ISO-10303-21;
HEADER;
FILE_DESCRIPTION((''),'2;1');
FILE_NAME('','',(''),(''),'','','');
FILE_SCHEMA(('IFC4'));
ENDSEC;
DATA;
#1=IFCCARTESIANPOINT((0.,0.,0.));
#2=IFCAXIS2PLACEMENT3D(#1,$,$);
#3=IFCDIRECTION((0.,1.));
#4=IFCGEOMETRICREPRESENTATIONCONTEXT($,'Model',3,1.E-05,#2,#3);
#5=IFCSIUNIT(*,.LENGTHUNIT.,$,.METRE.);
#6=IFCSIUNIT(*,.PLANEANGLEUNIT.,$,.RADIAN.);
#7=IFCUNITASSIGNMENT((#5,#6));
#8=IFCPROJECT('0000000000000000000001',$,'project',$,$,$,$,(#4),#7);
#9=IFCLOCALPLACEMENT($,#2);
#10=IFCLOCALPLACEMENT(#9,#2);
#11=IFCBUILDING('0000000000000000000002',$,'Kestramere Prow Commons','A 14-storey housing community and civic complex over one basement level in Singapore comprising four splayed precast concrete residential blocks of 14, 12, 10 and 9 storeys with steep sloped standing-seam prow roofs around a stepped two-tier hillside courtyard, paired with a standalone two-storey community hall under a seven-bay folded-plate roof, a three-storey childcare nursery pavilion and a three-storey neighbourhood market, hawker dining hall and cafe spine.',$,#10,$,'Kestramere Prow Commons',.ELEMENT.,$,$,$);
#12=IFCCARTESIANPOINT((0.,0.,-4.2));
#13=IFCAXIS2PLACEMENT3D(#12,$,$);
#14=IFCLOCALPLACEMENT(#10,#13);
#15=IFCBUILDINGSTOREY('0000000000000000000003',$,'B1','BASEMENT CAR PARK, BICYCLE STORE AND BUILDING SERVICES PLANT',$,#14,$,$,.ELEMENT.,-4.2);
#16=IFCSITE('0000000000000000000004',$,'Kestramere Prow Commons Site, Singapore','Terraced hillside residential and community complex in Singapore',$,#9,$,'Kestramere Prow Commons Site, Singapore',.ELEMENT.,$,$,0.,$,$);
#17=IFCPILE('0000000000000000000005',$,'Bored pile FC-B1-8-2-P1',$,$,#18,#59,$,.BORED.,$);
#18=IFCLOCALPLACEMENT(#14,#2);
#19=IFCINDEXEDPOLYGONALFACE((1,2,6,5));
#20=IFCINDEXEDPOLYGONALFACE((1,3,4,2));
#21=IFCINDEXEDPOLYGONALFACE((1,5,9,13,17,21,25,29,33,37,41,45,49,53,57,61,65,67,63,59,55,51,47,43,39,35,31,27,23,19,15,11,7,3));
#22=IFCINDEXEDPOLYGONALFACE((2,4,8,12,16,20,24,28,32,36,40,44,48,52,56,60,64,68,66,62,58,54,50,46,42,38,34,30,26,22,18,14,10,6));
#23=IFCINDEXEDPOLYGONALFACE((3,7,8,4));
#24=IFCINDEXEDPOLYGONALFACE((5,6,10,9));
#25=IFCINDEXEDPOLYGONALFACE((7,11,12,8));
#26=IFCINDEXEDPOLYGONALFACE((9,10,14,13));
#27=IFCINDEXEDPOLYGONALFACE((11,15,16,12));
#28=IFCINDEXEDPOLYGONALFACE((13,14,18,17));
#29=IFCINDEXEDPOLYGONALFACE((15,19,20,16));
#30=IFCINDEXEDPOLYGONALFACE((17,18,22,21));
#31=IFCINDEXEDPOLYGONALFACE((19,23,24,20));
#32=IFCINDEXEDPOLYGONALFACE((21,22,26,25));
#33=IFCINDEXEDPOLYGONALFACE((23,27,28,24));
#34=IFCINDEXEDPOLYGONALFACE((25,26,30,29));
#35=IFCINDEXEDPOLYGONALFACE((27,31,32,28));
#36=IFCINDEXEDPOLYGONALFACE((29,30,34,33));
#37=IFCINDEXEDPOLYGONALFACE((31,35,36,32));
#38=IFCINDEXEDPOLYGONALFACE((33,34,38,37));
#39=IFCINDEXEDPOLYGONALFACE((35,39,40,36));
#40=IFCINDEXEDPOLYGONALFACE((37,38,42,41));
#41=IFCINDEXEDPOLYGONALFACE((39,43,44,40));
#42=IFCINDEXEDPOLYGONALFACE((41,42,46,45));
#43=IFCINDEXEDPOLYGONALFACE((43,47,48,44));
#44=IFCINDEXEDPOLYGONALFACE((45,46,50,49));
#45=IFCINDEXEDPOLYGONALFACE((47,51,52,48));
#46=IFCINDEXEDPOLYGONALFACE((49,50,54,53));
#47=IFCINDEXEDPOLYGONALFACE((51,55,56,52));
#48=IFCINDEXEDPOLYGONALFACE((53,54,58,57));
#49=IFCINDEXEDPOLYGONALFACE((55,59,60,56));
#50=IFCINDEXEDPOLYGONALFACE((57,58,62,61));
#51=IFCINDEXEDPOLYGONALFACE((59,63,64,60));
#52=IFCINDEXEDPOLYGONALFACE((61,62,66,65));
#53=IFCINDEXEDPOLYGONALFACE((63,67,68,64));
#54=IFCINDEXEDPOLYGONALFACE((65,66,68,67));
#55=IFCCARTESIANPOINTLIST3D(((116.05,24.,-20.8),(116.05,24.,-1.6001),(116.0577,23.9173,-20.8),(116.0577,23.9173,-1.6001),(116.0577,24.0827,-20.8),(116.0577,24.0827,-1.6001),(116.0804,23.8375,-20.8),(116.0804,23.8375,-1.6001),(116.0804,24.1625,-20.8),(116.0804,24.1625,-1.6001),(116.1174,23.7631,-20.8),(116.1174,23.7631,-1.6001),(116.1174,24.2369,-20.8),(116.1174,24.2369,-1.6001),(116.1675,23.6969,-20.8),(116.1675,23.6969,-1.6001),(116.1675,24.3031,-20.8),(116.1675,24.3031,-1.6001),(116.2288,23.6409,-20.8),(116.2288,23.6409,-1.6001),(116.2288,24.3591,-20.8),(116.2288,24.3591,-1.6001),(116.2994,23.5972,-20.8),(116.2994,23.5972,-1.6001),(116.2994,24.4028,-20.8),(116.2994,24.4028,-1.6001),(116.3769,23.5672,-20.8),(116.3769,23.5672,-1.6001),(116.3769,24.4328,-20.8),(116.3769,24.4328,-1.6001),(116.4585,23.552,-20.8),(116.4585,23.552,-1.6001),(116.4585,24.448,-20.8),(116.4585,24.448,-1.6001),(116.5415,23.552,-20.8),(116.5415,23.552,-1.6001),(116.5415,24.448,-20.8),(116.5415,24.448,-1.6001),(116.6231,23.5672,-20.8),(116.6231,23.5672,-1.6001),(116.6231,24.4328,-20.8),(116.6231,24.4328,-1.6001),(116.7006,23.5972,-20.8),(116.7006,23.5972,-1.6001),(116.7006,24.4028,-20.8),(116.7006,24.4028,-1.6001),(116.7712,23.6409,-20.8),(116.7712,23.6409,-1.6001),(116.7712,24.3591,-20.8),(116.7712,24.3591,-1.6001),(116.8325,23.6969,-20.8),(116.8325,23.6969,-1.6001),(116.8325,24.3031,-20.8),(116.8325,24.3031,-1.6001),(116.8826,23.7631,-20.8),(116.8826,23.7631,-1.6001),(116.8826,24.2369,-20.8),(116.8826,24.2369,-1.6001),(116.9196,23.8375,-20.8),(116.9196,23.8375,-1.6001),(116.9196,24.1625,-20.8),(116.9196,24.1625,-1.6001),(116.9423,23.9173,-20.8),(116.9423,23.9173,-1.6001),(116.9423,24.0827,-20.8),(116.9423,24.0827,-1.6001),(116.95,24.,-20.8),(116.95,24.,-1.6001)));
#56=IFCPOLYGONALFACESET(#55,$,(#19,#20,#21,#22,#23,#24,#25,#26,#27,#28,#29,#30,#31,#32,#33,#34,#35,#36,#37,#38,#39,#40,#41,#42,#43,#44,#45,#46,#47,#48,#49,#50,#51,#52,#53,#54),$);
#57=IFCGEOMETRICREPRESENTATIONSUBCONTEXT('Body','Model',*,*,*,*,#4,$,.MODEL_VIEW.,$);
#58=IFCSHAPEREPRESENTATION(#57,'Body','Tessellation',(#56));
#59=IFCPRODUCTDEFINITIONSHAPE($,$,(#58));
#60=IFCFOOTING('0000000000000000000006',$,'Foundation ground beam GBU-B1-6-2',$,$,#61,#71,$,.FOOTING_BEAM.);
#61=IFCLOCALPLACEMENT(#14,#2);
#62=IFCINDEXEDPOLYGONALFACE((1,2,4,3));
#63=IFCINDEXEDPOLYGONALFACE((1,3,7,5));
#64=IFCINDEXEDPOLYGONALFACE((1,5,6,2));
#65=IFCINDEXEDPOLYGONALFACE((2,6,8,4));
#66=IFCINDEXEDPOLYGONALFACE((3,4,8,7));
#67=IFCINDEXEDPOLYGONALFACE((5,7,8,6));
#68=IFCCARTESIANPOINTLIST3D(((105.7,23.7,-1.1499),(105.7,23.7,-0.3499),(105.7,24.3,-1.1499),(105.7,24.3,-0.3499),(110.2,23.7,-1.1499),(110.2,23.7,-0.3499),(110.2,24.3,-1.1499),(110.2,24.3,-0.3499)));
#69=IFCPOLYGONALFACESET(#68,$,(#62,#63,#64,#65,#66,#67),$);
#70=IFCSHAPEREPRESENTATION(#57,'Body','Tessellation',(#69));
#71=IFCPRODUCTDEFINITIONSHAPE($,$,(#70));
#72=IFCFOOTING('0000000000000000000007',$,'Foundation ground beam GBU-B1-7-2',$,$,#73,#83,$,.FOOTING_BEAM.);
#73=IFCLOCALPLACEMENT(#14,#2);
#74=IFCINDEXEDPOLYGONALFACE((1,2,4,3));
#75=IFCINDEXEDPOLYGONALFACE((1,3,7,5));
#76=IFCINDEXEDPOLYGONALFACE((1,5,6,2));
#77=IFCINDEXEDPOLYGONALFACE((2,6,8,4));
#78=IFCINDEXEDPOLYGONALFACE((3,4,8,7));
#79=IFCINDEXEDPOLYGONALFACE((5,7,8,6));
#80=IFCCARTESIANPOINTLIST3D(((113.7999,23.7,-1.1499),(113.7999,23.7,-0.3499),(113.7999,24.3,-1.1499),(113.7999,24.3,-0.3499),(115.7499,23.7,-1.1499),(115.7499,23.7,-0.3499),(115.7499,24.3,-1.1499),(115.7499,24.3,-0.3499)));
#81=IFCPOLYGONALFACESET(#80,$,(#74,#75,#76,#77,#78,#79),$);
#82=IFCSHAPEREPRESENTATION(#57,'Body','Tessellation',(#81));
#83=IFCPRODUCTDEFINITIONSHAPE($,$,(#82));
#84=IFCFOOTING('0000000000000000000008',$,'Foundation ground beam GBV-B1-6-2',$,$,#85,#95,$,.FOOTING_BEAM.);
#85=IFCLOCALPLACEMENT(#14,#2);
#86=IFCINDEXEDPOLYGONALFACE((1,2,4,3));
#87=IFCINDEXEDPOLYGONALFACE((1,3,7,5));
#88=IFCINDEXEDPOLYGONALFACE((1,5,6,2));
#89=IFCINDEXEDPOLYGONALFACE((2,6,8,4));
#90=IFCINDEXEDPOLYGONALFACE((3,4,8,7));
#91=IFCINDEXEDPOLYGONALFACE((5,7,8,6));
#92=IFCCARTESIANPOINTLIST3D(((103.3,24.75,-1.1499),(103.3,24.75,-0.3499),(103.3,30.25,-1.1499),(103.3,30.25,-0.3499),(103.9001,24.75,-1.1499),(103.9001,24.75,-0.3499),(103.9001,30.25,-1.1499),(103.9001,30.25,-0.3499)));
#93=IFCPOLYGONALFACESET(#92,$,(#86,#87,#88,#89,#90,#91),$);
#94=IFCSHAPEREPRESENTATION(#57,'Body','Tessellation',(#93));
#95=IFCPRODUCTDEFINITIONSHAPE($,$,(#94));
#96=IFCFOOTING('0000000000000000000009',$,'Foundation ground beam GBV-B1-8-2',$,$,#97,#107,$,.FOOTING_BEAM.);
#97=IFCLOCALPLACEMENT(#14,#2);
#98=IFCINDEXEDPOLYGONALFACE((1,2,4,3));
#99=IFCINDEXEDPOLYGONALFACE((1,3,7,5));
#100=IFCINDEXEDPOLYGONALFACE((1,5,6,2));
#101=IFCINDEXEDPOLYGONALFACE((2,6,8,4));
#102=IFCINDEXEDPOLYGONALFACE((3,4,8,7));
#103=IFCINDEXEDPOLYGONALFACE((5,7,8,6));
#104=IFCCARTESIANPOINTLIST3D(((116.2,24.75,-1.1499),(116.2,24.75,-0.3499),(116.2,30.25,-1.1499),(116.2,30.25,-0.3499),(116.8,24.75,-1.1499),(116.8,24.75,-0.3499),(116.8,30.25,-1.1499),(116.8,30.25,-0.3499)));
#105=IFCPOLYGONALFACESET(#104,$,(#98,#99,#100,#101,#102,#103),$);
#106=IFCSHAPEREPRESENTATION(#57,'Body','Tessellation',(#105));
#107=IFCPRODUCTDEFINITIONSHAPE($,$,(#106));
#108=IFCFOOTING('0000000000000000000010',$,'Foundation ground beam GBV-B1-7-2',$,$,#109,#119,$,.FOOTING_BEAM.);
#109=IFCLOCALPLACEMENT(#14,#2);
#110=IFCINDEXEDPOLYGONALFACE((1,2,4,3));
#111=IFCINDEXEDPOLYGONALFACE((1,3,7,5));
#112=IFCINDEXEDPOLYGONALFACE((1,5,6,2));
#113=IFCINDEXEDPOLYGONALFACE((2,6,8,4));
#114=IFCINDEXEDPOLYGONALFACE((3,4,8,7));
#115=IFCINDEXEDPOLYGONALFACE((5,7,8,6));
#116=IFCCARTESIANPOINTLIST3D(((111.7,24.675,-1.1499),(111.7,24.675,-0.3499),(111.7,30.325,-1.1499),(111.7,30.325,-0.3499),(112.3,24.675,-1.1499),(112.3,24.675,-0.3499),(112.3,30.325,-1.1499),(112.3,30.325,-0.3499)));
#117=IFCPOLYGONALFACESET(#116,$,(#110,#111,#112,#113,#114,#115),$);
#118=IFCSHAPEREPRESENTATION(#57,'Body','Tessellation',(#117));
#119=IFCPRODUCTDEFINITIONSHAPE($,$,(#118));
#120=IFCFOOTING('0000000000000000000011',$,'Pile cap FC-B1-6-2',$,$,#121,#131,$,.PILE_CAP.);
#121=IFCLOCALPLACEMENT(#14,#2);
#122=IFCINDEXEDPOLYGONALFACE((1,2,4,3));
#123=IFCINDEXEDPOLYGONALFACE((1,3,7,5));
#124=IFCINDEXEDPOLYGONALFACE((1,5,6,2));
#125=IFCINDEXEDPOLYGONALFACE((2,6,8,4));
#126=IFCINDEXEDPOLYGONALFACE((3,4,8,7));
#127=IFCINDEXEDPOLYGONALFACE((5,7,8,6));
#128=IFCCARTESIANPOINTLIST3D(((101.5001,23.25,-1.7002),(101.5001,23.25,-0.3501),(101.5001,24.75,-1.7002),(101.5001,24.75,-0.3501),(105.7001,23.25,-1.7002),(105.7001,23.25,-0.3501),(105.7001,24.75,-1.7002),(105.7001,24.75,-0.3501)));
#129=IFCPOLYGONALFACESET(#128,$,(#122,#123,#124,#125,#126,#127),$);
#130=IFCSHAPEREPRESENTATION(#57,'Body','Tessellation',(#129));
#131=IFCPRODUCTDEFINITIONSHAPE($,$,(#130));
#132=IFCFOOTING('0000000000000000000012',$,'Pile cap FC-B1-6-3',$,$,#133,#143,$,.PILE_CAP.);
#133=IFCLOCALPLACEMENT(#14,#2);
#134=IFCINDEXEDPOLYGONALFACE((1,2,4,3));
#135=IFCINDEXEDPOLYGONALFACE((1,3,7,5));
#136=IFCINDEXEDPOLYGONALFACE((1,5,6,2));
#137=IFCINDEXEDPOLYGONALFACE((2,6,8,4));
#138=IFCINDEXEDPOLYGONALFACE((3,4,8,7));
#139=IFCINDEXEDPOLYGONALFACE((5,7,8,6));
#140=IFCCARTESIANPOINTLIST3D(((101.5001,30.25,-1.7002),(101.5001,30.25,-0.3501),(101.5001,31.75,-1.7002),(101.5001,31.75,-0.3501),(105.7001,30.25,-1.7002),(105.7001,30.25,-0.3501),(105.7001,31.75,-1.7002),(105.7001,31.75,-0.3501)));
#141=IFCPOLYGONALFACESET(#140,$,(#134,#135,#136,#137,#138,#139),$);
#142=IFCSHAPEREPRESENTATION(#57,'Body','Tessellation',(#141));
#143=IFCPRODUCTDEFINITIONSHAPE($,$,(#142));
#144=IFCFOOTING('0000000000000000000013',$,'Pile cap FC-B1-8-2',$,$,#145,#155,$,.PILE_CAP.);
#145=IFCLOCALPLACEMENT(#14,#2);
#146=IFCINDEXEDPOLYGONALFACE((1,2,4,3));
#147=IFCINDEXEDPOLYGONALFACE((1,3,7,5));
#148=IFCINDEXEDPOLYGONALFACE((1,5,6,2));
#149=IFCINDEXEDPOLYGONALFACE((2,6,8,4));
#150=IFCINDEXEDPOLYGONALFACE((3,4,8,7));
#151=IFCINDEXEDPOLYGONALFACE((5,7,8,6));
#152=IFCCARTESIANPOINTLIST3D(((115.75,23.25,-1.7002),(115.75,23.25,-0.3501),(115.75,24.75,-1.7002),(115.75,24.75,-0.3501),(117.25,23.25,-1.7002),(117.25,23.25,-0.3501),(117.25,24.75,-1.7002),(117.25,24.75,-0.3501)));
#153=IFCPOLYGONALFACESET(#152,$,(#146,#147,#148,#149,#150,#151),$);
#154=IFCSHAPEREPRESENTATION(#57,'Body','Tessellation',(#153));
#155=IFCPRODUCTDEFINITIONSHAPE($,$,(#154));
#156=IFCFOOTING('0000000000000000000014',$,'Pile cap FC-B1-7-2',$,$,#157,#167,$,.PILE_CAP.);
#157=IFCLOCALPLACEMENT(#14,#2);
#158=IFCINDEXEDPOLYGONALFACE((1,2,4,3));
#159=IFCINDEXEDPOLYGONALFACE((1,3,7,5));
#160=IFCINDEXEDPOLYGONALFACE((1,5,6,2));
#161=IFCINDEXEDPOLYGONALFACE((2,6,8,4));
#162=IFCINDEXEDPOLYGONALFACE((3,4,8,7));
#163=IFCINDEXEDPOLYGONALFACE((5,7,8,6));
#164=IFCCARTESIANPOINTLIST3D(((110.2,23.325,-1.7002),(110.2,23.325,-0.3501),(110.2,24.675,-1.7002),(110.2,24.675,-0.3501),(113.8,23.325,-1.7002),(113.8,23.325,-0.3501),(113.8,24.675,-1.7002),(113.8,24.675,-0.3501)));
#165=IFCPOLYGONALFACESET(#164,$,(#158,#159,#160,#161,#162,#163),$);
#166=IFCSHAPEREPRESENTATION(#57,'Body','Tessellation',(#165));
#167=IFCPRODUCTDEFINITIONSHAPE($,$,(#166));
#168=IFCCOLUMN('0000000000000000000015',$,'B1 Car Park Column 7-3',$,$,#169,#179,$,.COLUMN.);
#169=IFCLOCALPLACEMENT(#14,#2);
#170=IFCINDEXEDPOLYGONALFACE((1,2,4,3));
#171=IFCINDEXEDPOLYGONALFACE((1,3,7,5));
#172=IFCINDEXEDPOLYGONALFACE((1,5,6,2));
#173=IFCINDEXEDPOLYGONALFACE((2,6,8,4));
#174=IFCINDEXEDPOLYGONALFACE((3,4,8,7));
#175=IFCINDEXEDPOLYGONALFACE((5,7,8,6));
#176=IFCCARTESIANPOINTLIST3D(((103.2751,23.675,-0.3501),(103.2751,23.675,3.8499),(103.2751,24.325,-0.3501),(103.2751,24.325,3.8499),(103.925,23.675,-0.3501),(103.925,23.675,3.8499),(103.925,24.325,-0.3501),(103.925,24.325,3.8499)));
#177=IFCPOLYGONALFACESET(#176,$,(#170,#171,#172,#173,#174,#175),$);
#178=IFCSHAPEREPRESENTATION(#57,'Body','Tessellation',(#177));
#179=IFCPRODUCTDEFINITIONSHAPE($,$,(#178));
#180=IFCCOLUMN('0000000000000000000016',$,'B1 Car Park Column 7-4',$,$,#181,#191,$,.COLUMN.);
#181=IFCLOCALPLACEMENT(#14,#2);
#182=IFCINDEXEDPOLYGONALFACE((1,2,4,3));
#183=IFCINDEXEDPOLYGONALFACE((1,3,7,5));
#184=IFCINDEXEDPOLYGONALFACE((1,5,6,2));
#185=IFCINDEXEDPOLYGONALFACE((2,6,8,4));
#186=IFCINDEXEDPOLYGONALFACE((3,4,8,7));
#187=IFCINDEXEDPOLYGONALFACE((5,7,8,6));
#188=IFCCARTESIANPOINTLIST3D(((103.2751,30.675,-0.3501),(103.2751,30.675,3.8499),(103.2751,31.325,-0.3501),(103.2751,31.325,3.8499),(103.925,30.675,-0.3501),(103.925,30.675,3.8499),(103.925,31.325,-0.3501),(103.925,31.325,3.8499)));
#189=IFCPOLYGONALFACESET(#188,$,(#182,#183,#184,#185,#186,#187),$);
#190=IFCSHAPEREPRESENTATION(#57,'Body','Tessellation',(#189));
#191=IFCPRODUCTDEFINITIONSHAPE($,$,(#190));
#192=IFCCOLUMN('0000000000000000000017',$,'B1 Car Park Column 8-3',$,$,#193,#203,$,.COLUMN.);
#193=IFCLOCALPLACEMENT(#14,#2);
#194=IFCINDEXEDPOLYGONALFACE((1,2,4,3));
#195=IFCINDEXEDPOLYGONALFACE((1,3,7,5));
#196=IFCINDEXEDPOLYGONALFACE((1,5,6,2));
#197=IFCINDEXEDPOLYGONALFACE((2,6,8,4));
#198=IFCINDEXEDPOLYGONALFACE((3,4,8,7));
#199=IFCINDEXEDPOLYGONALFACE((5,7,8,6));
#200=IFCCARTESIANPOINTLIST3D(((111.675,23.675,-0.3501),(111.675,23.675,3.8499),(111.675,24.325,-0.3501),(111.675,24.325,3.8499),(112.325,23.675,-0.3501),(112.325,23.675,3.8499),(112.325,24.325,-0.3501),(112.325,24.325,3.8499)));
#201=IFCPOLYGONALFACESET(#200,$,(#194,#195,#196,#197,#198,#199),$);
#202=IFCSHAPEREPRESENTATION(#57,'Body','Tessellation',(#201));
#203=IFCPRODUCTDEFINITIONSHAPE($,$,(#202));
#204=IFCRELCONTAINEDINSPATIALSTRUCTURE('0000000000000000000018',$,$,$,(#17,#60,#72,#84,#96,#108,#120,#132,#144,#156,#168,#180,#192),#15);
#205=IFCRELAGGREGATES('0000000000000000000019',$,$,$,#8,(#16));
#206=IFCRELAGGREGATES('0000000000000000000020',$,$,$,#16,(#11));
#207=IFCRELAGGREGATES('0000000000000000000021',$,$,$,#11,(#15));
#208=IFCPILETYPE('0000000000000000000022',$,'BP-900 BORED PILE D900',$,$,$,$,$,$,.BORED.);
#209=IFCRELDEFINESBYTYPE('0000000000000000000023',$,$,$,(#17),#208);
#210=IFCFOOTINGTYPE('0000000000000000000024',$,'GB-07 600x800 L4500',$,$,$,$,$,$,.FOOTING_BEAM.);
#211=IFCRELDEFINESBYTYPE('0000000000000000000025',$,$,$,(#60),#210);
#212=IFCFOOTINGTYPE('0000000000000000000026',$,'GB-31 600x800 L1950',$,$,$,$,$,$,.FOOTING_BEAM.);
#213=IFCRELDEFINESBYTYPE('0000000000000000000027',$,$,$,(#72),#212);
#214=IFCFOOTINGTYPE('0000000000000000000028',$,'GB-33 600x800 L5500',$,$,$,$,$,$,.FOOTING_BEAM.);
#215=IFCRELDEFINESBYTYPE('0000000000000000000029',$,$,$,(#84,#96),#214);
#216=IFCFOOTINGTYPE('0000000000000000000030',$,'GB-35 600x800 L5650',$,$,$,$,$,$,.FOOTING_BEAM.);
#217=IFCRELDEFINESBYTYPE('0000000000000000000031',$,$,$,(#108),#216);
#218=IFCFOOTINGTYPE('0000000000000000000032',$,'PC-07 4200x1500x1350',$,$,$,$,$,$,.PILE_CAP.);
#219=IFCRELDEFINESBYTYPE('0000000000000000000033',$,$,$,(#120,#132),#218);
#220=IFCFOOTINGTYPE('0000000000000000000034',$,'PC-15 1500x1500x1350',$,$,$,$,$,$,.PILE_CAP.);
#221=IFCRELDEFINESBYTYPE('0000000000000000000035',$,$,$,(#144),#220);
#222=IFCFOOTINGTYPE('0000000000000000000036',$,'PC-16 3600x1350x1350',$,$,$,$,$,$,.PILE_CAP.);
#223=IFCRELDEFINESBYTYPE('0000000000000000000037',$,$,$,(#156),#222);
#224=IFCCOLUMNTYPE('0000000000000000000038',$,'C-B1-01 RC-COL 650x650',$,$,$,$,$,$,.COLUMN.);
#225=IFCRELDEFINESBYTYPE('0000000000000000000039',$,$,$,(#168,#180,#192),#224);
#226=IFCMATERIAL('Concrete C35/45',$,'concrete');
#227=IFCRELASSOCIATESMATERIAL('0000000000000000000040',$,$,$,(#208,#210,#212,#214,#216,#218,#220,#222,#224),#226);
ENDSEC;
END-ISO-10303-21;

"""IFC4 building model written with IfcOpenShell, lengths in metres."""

from ifc_helpers import new_model, si_unit, direction, frame, origin, origin_2d, place, context, subcontext, project, spatial, rectangle, circle, extrude, material, material_profile, profile_set, type_object, element, save


model = new_model("IFC4")

# Units and contexts
model_context = context("Model", 3, precision=1e-05, world=origin(), true_north=direction((0.0, 1.0)))
body_context = subcontext(model_context, "Body", "Model", "MODEL_VIEW")
ifc_project = project(units=[si_unit("LENGTHUNIT", "METRE"), si_unit("PLANEANGLEUNIT", "RADIAN")], contexts=[model_context])

# Site, building, storey
site_placement = place(None, origin())
site = spatial("IfcSite", under=ifc_project, at=site_placement, Name="Kestramere Prow Commons Site, Singapore", Description="Terraced hillside residential and community complex in Singapore", LongName="Kestramere Prow Commons Site, Singapore", CompositionType="ELEMENT", RefElevation=0.0)
building_placement = place(site_placement, origin())
building = spatial("IfcBuilding", under=site, at=building_placement, Name="Kestramere Prow Commons", Description="A 14-storey housing community and civic complex over one basement level in Singapore comprising four splayed precast concrete residential blocks of 14, 12, 10 and 9 storeys with steep sloped standing-seam prow roofs around a stepped two-tier hillside courtyard, paired with a standalone two-storey community hall under a seven-bay folded-plate roof, a three-storey childcare nursery pavilion and a three-storey neighbourhood market, hawker dining hall and cafe spine.", LongName="Kestramere Prow Commons", CompositionType="ELEMENT")
storey_placement = place(building_placement, frame((0.0, 0.0, -4.2)))
storey = spatial("IfcBuildingStorey", under=building, at=storey_placement, Name="B1", Description="BASEMENT CAR PARK, BICYCLE STORE AND BUILDING SERVICES PLANT", CompositionType="ELEMENT", Elevation=-4.2)

# Pile
ifc_material = material(Name="Concrete C35/45", Category="concrete")
ifc_material_profile_1 = material_profile(ifc_material, circle(Radius=0.45, at=origin_2d()), Name="BORED PILE D900")
ifc_profile_set_1 = profile_set([ifc_material_profile_1], Name="Concrete C35/45")
pile_type_1 = type_object("IfcPileType", Name="BP-900 BORED PILE D900", PredefinedType="BORED", material=ifc_profile_set_1)
for number, where, z_axis, x_axis, name in (
    (1, (116.5, 24.0, -1.6001), (0.0, 0.0, -1.0), (1.0, 0.0, 0.0), "Bored pile FC-B1-8-2-P1"),
):
    element("IfcPile", number, at=place(storey_placement, frame(where, z_axis=z_axis, x_axis=x_axis)), inside=storey, type_object=pile_type_1, Name=name, PredefinedType="BORED", context=body_context, shape_type="SweptSolid", body=[
        extrude(circle(Radius=0.45, at=origin_2d()), origin(), (0.0, 0.0, 1.0), 19.2),
    ])

# Footings
footing_type_1 = type_object("IfcFootingType", Name="GB-07 600x800 L4500", PredefinedType="FOOTING_BEAM", material=ifc_material)
footing_1_placement = place(storey_placement, frame((107.95, 24.0, -1.1499), z_axis=(0.0, 0.0, 1.0), x_axis=(1.0, 0.0, 0.0)))
element("IfcFooting", 2, at=footing_1_placement, inside=storey, type_object=footing_type_1, Name="Foundation ground beam GBU-B1-6-2", PredefinedType="FOOTING_BEAM", context=body_context, shape_type="SweptSolid", body=[
    extrude(rectangle(XDim=4.5, YDim=0.6001, at=origin_2d()), origin(), (0.0, 0.0, 1.0), 0.8),
])
footing_type_2 = type_object("IfcFootingType", Name="GB-31 600x800 L1950", PredefinedType="FOOTING_BEAM", material=ifc_material)
footing_2_placement = place(storey_placement, frame((114.7749, 24.0, -1.1499), z_axis=(0.0, 0.0, 1.0), x_axis=(1.0, 0.0, 0.0)))
element("IfcFooting", 3, at=footing_2_placement, inside=storey, type_object=footing_type_2, Name="Foundation ground beam GBU-B1-7-2", PredefinedType="FOOTING_BEAM", context=body_context, shape_type="SweptSolid", body=[
    extrude(rectangle(XDim=1.95, YDim=0.6001, at=origin_2d()), origin(), (0.0, 0.0, 1.0), 0.8),
])
footing_type_3 = type_object("IfcFootingType", Name="GB-33 600x800 L5500", PredefinedType="FOOTING_BEAM", material=ifc_material)
for number, where, z_axis, x_axis, name in (
    (4, (103.6001, 27.5, -1.1499), (0.0, 0.0, 1.0), (0.0, 1.0, 0.0), "Foundation ground beam GBV-B1-6-2"),
    (5, (116.5, 27.5, -1.1499), (0.0, 0.0, 1.0), (0.0, 1.0, 0.0), "Foundation ground beam GBV-B1-8-2"),
):
    element("IfcFooting", number, at=place(storey_placement, frame(where, z_axis=z_axis, x_axis=x_axis)), inside=storey, type_object=footing_type_3, Name=name, PredefinedType="FOOTING_BEAM", context=body_context, shape_type="SweptSolid", body=[
        extrude(rectangle(XDim=5.5, YDim=0.6001, at=origin_2d()), origin(), (0.0, 0.0, 1.0), 0.8),
    ])
footing_type_4 = type_object("IfcFootingType", Name="GB-35 600x800 L5650", PredefinedType="FOOTING_BEAM", material=ifc_material)
footing_3_placement = place(storey_placement, frame((112.0, 27.5, -1.1499), z_axis=(0.0, 0.0, 1.0), x_axis=(0.0, 1.0, 0.0)))
element("IfcFooting", 6, at=footing_3_placement, inside=storey, type_object=footing_type_4, Name="Foundation ground beam GBV-B1-7-2", PredefinedType="FOOTING_BEAM", context=body_context, shape_type="SweptSolid", body=[
    extrude(rectangle(XDim=5.6499, YDim=0.6001, at=origin_2d()), origin(), (0.0, 0.0, 1.0), 0.8),
])
footing_type_5 = type_object("IfcFootingType", Name="PC-07 4200x1500x1350", PredefinedType="PILE_CAP", material=ifc_material)
for number, where, z_axis, x_axis, name in (
    (7, (103.6001, 24.0, -1.7002), (0.0, 0.0, 1.0), (1.0, 0.0, 0.0), "Pile cap FC-B1-6-2"),
    (8, (103.6001, 31.0, -1.7002), (0.0, 0.0, 1.0), (1.0, 0.0, 0.0), "Pile cap FC-B1-6-3"),
):
    element("IfcFooting", number, at=place(storey_placement, frame(where, z_axis=z_axis, x_axis=x_axis)), inside=storey, type_object=footing_type_5, Name=name, PredefinedType="PILE_CAP", context=body_context, shape_type="SweptSolid", body=[
        extrude(rectangle(XDim=4.2, YDim=1.5, at=origin_2d()), origin(), (0.0, 0.0, 1.0), 1.3501),
    ])
footing_type_6 = type_object("IfcFootingType", Name="PC-15 1500x1500x1350", PredefinedType="PILE_CAP", material=ifc_material)
footing_4_placement = place(storey_placement, frame((116.5, 24.0, -1.7002), z_axis=(0.0, 0.0, 1.0), x_axis=(1.0, 0.0, 0.0)))
element("IfcFooting", 9, at=footing_4_placement, inside=storey, type_object=footing_type_6, Name="Pile cap FC-B1-8-2", PredefinedType="PILE_CAP", context=body_context, shape_type="SweptSolid", body=[
    extrude(rectangle(XDim=1.5, YDim=1.5, at=origin_2d()), origin(), (0.0, 0.0, 1.0), 1.3501),
])
footing_type_7 = type_object("IfcFootingType", Name="PC-16 3600x1350x1350", PredefinedType="PILE_CAP", material=ifc_material)
footing_5_placement = place(storey_placement, frame((112.0, 24.0, -1.7002), z_axis=(0.0, 0.0, 1.0), x_axis=(1.0, 0.0, 0.0)))
element("IfcFooting", 10, at=footing_5_placement, inside=storey, type_object=footing_type_7, Name="Pile cap FC-B1-7-2", PredefinedType="PILE_CAP", context=body_context, shape_type="SweptSolid", body=[
    extrude(rectangle(XDim=3.6001, YDim=1.3501, at=origin_2d()), origin(), (0.0, 0.0, 1.0), 1.3501),
])

# Columns
ifc_material_profile_2 = material_profile(ifc_material, rectangle(XDim=0.6499, YDim=0.6499, at=origin_2d()), Name="RC-COL 650x650")
ifc_profile_set_2 = profile_set([ifc_material_profile_2], Name="Concrete C35/45")
column_type = type_object("IfcColumnType", Name="C-B1-01 RC-COL 650x650", PredefinedType="COLUMN", material=ifc_profile_set_2)
for number, where, z_axis, x_axis, name in (
    (11, (103.6001, 24.0, -0.3501), (0.0, 0.0, 1.0), (1.0, 0.0, 0.0), "B1 Car Park Column 7-3"),
    (12, (103.6001, 31.0, -0.3501), (0.0, 0.0, 1.0), (1.0, 0.0, 0.0), "B1 Car Park Column 7-4"),
    (13, (112.0, 24.0, -0.3501), (0.0, 0.0, 1.0), (1.0, 0.0, 0.0), "B1 Car Park Column 8-3"),
):
    element("IfcColumn", number, at=place(storey_placement, frame(where, z_axis=z_axis, x_axis=x_axis)), inside=storey, type_object=column_type, Name=name, PredefinedType="COLUMN", context=body_context, shape_type="SweptSolid", body=[
        extrude(rectangle(XDim=0.6499, YDim=0.6499, at=origin_2d()), origin(), (0.0, 0.0, 1.0), 4.2),
    ])

save(model, "model.ifc")
